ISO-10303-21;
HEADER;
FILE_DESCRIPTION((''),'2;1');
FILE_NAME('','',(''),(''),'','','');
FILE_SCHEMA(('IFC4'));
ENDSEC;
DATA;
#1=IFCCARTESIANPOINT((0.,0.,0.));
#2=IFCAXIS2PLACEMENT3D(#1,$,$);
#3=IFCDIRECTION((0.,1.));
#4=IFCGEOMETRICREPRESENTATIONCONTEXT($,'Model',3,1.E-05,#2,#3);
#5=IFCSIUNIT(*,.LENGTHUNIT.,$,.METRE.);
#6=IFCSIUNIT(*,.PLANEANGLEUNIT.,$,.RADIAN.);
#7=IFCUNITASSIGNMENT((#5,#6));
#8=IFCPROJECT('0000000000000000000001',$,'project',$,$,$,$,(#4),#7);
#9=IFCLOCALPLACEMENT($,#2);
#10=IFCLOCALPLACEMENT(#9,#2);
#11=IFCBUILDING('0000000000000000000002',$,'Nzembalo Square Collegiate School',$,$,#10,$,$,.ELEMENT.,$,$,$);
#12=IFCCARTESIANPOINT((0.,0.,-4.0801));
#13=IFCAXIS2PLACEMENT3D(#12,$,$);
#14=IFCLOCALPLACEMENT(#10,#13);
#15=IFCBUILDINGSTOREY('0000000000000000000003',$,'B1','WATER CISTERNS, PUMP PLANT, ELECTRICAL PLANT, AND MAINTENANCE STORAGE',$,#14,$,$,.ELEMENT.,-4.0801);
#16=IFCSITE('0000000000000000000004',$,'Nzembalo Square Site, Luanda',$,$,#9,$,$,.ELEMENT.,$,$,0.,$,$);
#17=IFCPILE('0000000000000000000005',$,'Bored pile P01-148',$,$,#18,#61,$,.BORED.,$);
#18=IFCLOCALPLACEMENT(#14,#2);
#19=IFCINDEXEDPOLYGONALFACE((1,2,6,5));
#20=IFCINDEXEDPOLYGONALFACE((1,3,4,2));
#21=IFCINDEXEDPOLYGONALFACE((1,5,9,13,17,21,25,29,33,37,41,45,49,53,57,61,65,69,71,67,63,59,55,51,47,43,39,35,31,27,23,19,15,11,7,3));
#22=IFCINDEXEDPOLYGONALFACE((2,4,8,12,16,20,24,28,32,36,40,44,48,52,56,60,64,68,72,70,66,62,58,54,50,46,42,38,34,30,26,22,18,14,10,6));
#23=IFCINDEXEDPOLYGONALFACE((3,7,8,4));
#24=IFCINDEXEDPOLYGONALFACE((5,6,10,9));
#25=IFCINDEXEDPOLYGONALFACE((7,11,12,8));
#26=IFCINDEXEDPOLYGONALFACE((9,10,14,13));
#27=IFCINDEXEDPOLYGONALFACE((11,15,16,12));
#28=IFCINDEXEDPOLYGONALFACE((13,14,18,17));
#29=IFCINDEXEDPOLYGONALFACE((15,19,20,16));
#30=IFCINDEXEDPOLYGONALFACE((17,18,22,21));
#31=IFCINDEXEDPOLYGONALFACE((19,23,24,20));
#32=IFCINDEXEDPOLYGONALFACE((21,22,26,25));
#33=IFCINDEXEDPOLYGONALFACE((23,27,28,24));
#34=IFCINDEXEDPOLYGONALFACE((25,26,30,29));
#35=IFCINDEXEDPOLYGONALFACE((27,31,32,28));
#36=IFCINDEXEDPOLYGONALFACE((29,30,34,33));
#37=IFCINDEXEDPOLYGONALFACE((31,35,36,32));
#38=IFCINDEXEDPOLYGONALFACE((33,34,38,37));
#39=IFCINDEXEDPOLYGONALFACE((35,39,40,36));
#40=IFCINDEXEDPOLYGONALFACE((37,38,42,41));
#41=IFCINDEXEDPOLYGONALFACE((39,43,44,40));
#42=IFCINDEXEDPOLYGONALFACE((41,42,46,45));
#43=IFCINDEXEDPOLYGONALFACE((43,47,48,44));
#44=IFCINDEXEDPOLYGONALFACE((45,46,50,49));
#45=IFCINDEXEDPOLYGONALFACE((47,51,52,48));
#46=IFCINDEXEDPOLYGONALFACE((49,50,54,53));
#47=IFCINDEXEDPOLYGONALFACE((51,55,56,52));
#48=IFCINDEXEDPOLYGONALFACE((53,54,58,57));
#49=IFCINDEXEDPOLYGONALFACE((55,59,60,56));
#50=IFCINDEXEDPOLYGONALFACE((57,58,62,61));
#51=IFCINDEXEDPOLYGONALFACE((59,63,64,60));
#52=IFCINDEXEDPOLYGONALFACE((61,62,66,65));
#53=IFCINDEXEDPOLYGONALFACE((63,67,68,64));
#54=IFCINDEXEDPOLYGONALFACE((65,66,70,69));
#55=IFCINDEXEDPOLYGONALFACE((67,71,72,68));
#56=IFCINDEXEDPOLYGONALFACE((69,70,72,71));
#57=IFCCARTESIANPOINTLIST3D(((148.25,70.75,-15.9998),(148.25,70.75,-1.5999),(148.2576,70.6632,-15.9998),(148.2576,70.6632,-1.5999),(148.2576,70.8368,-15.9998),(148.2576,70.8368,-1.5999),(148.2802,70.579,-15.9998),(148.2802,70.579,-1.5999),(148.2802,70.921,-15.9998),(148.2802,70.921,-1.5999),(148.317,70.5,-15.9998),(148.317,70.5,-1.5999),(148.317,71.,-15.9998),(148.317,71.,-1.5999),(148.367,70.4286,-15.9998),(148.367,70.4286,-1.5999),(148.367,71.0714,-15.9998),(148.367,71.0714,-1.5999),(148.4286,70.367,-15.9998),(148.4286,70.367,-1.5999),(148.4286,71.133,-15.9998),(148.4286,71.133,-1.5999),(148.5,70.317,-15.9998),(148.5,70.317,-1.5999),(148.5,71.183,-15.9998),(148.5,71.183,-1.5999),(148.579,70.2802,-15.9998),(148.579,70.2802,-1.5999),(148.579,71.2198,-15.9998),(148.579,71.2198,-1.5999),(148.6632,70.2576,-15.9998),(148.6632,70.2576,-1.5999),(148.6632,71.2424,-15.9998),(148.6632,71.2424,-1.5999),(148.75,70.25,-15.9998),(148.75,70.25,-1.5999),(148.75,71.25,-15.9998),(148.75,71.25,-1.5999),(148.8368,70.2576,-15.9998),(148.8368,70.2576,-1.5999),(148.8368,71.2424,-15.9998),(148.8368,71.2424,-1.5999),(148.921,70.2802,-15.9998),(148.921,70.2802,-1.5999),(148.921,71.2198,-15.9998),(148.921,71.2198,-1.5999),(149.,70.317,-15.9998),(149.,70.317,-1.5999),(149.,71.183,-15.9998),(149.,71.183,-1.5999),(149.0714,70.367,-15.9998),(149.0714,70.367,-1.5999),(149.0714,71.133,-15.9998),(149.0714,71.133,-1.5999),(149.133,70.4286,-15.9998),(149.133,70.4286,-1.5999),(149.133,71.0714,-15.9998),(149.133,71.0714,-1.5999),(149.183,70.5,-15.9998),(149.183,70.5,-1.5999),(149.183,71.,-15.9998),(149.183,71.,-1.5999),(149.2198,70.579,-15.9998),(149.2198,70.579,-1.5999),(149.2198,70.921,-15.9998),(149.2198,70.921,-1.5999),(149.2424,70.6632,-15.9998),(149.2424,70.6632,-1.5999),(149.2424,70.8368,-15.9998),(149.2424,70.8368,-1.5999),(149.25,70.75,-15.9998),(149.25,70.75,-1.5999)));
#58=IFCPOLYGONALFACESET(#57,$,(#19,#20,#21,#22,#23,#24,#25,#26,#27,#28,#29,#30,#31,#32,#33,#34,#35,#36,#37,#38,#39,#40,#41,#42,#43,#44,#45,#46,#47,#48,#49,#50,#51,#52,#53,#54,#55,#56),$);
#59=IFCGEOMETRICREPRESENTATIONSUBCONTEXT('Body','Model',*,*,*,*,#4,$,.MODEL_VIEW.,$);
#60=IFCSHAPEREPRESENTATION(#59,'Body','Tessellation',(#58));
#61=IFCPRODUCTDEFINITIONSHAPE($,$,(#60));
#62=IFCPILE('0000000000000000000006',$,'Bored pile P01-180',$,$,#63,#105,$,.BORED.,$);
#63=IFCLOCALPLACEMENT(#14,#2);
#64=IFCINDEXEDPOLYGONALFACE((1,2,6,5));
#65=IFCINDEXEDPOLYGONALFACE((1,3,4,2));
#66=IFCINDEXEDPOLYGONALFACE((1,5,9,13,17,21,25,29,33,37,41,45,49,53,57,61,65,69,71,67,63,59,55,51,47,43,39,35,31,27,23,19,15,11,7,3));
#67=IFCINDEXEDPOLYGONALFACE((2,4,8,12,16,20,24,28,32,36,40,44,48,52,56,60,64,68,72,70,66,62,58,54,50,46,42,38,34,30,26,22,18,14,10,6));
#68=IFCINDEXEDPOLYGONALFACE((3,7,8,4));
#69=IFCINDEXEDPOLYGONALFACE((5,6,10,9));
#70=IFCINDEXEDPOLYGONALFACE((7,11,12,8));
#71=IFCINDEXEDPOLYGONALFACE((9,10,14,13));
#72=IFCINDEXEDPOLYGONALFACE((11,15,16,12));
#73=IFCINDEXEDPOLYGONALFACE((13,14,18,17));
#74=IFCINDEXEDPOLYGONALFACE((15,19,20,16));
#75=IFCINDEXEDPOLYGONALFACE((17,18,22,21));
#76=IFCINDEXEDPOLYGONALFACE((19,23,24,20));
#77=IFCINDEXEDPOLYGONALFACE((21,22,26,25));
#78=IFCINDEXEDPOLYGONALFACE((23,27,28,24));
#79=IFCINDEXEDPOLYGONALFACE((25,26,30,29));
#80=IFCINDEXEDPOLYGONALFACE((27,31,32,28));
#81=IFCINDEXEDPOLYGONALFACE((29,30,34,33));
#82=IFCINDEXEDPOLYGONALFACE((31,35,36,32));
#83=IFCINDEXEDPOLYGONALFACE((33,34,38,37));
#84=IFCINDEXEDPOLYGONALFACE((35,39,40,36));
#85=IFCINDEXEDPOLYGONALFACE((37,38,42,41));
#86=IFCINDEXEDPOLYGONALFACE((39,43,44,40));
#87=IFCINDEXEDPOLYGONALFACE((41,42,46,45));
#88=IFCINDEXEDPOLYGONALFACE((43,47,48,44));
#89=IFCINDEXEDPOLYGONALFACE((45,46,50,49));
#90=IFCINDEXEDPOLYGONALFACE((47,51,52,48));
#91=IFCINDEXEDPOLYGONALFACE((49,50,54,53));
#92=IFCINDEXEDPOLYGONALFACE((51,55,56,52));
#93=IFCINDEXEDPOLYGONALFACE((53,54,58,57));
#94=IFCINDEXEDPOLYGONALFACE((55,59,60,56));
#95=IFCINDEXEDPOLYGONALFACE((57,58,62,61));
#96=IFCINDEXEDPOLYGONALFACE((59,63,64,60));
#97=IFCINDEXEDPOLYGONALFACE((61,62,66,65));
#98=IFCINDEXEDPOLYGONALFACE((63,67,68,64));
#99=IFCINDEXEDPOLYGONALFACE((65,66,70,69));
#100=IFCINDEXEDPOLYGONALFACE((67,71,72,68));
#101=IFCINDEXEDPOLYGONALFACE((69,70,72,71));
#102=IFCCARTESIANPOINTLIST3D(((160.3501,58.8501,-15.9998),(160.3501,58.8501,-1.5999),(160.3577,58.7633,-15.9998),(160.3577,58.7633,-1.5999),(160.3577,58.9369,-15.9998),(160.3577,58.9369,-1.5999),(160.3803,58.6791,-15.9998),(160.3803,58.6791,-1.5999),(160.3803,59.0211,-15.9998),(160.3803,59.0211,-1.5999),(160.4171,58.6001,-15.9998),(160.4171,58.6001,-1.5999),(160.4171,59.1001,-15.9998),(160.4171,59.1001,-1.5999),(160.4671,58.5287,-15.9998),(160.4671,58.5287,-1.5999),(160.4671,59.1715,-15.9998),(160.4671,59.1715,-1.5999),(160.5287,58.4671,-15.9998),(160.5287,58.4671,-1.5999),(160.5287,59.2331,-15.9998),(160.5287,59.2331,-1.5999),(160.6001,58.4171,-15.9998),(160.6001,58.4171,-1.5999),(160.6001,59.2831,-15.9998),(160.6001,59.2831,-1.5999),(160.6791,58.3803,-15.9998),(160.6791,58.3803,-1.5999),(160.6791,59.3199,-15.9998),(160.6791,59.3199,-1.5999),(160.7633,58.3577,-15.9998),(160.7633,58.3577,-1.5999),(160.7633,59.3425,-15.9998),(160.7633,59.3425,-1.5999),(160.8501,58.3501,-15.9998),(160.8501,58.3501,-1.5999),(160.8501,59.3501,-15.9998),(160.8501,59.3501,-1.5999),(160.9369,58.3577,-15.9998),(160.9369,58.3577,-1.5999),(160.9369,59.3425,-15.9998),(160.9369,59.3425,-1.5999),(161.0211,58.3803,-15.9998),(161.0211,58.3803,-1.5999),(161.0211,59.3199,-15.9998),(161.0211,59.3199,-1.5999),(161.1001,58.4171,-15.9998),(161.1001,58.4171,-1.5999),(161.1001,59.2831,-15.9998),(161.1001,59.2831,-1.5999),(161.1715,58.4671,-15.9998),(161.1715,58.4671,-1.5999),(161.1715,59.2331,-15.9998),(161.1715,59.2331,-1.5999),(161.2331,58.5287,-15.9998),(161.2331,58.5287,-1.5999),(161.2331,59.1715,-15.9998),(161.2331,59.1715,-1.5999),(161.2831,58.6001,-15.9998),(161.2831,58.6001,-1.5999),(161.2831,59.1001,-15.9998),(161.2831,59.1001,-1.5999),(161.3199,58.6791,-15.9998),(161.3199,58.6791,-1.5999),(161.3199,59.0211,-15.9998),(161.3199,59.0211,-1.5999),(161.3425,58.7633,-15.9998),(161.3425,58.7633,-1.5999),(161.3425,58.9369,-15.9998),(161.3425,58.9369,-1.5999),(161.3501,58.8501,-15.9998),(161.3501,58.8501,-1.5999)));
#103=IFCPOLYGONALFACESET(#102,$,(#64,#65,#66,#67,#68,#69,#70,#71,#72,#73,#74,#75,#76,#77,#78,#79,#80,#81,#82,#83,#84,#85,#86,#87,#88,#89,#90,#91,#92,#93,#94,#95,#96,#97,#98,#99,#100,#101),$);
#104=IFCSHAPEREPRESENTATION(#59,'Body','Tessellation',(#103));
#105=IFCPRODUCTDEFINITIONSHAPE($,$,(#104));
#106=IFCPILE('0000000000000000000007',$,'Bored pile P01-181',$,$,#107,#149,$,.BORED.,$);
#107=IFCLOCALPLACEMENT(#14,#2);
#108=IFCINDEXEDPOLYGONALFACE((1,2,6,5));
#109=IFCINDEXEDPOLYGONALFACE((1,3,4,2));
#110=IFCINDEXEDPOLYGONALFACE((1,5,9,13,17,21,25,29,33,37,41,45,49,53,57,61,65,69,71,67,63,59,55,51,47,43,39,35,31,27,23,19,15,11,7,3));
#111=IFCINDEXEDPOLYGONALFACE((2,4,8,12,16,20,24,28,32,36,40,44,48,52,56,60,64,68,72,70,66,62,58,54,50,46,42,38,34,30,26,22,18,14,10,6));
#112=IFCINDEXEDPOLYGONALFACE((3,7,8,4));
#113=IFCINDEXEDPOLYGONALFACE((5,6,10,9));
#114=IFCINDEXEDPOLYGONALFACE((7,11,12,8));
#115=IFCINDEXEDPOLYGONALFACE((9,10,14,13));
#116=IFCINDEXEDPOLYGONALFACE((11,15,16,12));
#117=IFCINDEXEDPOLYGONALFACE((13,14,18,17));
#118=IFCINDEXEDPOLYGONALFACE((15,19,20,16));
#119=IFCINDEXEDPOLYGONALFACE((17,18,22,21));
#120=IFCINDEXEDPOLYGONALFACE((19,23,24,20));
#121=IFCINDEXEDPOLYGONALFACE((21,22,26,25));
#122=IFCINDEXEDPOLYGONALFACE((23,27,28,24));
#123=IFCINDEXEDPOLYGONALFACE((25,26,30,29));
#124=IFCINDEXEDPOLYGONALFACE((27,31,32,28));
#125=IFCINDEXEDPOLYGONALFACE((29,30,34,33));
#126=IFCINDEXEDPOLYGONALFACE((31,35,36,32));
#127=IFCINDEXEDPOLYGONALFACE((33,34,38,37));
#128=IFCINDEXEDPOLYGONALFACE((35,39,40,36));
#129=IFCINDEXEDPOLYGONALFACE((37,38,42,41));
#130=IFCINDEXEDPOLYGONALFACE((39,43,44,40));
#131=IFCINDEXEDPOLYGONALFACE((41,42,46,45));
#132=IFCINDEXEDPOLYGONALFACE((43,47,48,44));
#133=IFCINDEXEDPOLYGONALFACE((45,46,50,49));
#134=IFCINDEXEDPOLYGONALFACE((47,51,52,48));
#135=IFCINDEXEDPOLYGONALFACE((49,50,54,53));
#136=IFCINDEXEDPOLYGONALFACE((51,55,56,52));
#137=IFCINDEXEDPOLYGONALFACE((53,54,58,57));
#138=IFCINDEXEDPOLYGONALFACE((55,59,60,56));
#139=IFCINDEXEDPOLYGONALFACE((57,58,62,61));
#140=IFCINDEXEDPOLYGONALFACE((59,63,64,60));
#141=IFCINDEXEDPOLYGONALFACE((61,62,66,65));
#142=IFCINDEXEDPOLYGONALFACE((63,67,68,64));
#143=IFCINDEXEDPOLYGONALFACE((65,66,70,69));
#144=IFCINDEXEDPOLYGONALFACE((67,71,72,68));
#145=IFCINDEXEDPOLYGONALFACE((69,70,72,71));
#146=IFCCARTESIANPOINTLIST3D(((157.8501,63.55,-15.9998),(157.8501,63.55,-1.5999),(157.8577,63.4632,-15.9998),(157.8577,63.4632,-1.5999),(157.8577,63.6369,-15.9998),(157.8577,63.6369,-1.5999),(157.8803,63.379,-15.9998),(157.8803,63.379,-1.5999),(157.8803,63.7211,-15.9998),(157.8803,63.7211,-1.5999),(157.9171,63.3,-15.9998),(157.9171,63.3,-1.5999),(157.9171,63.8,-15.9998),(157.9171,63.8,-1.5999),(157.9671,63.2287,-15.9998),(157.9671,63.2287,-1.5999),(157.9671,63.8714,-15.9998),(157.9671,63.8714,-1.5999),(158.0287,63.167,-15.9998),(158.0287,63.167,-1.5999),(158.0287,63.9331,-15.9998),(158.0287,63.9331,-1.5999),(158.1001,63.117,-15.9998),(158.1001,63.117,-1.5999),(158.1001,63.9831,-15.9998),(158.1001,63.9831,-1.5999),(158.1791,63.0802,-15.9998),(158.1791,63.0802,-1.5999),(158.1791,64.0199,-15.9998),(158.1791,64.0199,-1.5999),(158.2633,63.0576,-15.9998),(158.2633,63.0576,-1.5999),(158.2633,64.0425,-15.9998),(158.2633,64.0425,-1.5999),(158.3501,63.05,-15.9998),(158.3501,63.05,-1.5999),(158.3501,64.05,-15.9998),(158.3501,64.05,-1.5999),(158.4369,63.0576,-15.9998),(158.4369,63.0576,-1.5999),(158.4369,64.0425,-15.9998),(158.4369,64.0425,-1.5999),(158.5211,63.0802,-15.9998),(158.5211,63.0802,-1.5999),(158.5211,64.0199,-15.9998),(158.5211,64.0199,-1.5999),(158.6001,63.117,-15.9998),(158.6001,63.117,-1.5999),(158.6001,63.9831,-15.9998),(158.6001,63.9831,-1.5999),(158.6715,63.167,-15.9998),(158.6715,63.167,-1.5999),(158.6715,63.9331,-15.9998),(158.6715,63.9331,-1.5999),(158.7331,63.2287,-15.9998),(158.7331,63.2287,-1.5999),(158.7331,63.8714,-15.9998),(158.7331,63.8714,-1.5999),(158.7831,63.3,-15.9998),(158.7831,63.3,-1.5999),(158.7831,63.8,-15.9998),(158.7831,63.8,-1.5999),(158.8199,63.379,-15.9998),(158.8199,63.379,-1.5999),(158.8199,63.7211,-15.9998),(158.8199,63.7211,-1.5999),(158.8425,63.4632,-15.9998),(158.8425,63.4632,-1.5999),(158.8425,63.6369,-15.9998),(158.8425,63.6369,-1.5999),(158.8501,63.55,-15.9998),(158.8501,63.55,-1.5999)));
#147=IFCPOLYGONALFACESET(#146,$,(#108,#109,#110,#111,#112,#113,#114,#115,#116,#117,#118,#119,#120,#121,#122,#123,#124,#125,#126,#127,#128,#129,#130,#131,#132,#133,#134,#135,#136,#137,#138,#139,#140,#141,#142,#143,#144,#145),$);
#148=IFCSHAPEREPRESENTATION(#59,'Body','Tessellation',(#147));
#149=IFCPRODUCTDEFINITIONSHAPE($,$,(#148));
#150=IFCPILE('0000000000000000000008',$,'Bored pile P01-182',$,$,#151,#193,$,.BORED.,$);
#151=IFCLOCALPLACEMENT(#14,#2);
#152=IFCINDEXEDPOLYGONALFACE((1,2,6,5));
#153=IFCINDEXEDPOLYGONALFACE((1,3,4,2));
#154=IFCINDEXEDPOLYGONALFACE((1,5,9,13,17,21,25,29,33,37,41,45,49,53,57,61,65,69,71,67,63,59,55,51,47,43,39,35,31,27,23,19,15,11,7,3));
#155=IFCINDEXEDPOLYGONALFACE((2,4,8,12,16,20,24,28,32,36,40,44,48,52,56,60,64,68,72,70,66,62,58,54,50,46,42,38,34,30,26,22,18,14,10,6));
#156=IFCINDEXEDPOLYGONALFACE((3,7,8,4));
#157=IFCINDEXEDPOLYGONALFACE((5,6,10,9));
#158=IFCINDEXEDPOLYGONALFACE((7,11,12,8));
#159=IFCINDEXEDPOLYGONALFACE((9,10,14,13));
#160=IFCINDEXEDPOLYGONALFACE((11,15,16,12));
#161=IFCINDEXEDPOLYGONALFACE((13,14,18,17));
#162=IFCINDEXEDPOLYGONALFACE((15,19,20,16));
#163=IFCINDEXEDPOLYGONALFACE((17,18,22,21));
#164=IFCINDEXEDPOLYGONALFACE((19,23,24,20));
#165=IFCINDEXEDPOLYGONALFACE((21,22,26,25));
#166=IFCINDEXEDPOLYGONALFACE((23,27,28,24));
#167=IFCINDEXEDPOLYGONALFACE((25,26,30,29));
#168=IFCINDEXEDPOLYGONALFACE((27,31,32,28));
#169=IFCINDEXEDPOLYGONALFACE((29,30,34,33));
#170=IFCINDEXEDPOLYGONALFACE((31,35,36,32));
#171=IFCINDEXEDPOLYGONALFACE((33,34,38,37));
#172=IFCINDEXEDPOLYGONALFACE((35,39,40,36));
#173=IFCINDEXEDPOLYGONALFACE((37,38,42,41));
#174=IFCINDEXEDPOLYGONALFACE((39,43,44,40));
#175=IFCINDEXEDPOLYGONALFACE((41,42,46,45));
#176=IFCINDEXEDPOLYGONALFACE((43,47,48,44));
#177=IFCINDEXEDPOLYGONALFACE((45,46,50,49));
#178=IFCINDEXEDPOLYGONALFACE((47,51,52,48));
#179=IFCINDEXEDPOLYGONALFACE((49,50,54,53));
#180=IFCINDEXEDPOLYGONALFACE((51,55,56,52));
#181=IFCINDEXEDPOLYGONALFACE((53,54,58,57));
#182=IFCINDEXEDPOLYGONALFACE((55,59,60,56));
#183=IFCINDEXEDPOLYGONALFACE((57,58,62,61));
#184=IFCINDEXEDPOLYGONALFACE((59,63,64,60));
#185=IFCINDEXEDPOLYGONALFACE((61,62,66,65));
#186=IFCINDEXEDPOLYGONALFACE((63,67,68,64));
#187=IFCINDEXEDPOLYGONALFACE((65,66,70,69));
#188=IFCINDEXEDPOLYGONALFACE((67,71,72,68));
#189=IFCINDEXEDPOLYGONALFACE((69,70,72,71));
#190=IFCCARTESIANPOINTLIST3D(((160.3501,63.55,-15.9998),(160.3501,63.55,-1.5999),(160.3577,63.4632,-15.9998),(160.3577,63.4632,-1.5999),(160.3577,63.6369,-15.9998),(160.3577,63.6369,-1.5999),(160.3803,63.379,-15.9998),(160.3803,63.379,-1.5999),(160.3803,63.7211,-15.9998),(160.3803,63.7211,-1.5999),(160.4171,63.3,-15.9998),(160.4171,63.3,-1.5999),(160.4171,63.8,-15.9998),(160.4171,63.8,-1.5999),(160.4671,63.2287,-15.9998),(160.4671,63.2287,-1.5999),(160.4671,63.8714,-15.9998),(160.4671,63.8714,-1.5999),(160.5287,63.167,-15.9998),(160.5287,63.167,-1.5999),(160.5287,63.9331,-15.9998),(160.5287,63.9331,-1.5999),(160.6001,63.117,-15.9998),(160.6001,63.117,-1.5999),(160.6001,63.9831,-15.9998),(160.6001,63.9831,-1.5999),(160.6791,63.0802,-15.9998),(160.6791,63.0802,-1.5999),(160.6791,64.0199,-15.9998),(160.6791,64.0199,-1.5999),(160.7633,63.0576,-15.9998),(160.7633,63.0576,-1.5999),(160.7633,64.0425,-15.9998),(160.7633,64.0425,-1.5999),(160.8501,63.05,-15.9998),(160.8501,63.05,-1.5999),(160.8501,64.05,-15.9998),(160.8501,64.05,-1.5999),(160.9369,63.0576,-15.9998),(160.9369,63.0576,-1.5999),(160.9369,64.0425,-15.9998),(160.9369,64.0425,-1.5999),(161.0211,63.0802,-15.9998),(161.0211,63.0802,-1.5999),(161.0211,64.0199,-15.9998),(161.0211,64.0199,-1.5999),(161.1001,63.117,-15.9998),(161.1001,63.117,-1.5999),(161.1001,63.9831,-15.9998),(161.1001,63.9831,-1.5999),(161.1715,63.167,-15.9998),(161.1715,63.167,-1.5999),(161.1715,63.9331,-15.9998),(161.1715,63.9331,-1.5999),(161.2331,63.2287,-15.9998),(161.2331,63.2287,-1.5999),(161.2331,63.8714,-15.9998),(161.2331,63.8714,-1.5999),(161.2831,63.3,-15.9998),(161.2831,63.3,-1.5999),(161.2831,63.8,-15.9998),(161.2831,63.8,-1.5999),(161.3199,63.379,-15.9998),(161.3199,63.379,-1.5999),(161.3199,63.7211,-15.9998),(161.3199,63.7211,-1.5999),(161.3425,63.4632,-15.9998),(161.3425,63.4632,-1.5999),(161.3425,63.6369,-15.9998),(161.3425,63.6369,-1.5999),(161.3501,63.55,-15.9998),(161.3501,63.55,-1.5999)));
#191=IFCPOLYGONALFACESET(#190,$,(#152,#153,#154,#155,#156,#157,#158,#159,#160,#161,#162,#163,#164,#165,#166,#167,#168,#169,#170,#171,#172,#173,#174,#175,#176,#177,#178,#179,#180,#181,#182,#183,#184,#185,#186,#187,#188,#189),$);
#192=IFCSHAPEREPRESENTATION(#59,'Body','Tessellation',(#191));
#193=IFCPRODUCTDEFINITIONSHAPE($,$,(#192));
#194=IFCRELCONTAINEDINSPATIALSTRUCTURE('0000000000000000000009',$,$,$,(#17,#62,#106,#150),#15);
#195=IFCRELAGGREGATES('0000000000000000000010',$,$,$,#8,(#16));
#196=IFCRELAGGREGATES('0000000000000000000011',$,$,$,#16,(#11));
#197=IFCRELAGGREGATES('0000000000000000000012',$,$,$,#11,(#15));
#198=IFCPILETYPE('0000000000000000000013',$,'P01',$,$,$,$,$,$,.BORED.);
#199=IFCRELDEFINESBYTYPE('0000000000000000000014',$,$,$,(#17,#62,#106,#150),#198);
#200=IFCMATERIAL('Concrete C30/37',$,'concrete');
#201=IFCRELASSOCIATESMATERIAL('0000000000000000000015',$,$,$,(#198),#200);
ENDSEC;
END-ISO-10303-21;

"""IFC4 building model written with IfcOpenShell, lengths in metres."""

from ifc_helpers import new_model, si_unit, direction, frame, origin, origin_2d, place, context, subcontext, project, spatial, circle, extrude, material, material_profile, profile_set, type_object, element, save


model = new_model("IFC4")

# Units and contexts
model_context = context("Model", 3, precision=1e-05, world=origin(), true_north=direction((0.0, 1.0)))
body_context = subcontext(model_context, "Body", "Model", "MODEL_VIEW")
ifc_project = project(units=[si_unit("LENGTHUNIT", "METRE"), si_unit("PLANEANGLEUNIT", "RADIAN")], contexts=[model_context])

# Site, building, storey
site_placement = place(None, origin())
site = spatial("IfcSite", under=ifc_project, at=site_placement, Name="Nzembalo Square Site, Luanda", CompositionType="ELEMENT", RefElevation=0.0)
building_placement = place(site_placement, origin())
building = spatial("IfcBuilding", under=site, at=building_placement, Name="Nzembalo Square Collegiate School", CompositionType="ELEMENT")
storey_placement = place(building_placement, frame((0.0, 0.0, -4.0801)))
storey = spatial("IfcBuildingStorey", under=building, at=storey_placement, Name="B1", Description="WATER CISTERNS, PUMP PLANT, ELECTRICAL PLANT, AND MAINTENANCE STORAGE", CompositionType="ELEMENT", Elevation=-4.0801)

# Piles
ifc_material_1 = material(Name="Concrete C30/37", Category="concrete")
ifc_material_profile_1 = material_profile(ifc_material_1, circle(Radius=0.5, at=origin_2d()), Name="PILE D1000")
ifc_profile_set_1 = profile_set([ifc_material_profile_1], Name="Concrete C30/37")
pile_type = type_object("IfcPileType", Name="P01", PredefinedType="BORED", material=ifc_profile_set_1)
for number, where, z_axis, x_axis, name in (
    (1, (148.75, 70.75, -1.5999), (0.0, 0.0, -1.0), (1.0, 0.0, 0.0), "Bored pile P01-148"),
    (2, (160.8501, 58.8501, -1.5999), (0.0, 0.0, -1.0), (1.0, 0.0, 0.0), "Bored pile P01-180"),
    (3, (158.3501, 63.55, -1.5999), (0.0, 0.0, -1.0), (1.0, 0.0, 0.0), "Bored pile P01-181"),
    (4, (160.8501, 63.55, -1.5999), (0.0, 0.0, -1.0), (1.0, 0.0, 0.0), "Bored pile P01-182"),
):
    element("IfcPile", number, at=place(storey_placement, frame(where, z_axis=z_axis, x_axis=x_axis)), inside=storey, type_object=pile_type, Name=name, PredefinedType="BORED", context=body_context, shape_type="SweptSolid", body=[
        extrude(circle(Radius=0.5, at=origin_2d()), origin(), (0.0, 0.0, 1.0), 14.3999),
    ])

save(model, "model.ifc")
